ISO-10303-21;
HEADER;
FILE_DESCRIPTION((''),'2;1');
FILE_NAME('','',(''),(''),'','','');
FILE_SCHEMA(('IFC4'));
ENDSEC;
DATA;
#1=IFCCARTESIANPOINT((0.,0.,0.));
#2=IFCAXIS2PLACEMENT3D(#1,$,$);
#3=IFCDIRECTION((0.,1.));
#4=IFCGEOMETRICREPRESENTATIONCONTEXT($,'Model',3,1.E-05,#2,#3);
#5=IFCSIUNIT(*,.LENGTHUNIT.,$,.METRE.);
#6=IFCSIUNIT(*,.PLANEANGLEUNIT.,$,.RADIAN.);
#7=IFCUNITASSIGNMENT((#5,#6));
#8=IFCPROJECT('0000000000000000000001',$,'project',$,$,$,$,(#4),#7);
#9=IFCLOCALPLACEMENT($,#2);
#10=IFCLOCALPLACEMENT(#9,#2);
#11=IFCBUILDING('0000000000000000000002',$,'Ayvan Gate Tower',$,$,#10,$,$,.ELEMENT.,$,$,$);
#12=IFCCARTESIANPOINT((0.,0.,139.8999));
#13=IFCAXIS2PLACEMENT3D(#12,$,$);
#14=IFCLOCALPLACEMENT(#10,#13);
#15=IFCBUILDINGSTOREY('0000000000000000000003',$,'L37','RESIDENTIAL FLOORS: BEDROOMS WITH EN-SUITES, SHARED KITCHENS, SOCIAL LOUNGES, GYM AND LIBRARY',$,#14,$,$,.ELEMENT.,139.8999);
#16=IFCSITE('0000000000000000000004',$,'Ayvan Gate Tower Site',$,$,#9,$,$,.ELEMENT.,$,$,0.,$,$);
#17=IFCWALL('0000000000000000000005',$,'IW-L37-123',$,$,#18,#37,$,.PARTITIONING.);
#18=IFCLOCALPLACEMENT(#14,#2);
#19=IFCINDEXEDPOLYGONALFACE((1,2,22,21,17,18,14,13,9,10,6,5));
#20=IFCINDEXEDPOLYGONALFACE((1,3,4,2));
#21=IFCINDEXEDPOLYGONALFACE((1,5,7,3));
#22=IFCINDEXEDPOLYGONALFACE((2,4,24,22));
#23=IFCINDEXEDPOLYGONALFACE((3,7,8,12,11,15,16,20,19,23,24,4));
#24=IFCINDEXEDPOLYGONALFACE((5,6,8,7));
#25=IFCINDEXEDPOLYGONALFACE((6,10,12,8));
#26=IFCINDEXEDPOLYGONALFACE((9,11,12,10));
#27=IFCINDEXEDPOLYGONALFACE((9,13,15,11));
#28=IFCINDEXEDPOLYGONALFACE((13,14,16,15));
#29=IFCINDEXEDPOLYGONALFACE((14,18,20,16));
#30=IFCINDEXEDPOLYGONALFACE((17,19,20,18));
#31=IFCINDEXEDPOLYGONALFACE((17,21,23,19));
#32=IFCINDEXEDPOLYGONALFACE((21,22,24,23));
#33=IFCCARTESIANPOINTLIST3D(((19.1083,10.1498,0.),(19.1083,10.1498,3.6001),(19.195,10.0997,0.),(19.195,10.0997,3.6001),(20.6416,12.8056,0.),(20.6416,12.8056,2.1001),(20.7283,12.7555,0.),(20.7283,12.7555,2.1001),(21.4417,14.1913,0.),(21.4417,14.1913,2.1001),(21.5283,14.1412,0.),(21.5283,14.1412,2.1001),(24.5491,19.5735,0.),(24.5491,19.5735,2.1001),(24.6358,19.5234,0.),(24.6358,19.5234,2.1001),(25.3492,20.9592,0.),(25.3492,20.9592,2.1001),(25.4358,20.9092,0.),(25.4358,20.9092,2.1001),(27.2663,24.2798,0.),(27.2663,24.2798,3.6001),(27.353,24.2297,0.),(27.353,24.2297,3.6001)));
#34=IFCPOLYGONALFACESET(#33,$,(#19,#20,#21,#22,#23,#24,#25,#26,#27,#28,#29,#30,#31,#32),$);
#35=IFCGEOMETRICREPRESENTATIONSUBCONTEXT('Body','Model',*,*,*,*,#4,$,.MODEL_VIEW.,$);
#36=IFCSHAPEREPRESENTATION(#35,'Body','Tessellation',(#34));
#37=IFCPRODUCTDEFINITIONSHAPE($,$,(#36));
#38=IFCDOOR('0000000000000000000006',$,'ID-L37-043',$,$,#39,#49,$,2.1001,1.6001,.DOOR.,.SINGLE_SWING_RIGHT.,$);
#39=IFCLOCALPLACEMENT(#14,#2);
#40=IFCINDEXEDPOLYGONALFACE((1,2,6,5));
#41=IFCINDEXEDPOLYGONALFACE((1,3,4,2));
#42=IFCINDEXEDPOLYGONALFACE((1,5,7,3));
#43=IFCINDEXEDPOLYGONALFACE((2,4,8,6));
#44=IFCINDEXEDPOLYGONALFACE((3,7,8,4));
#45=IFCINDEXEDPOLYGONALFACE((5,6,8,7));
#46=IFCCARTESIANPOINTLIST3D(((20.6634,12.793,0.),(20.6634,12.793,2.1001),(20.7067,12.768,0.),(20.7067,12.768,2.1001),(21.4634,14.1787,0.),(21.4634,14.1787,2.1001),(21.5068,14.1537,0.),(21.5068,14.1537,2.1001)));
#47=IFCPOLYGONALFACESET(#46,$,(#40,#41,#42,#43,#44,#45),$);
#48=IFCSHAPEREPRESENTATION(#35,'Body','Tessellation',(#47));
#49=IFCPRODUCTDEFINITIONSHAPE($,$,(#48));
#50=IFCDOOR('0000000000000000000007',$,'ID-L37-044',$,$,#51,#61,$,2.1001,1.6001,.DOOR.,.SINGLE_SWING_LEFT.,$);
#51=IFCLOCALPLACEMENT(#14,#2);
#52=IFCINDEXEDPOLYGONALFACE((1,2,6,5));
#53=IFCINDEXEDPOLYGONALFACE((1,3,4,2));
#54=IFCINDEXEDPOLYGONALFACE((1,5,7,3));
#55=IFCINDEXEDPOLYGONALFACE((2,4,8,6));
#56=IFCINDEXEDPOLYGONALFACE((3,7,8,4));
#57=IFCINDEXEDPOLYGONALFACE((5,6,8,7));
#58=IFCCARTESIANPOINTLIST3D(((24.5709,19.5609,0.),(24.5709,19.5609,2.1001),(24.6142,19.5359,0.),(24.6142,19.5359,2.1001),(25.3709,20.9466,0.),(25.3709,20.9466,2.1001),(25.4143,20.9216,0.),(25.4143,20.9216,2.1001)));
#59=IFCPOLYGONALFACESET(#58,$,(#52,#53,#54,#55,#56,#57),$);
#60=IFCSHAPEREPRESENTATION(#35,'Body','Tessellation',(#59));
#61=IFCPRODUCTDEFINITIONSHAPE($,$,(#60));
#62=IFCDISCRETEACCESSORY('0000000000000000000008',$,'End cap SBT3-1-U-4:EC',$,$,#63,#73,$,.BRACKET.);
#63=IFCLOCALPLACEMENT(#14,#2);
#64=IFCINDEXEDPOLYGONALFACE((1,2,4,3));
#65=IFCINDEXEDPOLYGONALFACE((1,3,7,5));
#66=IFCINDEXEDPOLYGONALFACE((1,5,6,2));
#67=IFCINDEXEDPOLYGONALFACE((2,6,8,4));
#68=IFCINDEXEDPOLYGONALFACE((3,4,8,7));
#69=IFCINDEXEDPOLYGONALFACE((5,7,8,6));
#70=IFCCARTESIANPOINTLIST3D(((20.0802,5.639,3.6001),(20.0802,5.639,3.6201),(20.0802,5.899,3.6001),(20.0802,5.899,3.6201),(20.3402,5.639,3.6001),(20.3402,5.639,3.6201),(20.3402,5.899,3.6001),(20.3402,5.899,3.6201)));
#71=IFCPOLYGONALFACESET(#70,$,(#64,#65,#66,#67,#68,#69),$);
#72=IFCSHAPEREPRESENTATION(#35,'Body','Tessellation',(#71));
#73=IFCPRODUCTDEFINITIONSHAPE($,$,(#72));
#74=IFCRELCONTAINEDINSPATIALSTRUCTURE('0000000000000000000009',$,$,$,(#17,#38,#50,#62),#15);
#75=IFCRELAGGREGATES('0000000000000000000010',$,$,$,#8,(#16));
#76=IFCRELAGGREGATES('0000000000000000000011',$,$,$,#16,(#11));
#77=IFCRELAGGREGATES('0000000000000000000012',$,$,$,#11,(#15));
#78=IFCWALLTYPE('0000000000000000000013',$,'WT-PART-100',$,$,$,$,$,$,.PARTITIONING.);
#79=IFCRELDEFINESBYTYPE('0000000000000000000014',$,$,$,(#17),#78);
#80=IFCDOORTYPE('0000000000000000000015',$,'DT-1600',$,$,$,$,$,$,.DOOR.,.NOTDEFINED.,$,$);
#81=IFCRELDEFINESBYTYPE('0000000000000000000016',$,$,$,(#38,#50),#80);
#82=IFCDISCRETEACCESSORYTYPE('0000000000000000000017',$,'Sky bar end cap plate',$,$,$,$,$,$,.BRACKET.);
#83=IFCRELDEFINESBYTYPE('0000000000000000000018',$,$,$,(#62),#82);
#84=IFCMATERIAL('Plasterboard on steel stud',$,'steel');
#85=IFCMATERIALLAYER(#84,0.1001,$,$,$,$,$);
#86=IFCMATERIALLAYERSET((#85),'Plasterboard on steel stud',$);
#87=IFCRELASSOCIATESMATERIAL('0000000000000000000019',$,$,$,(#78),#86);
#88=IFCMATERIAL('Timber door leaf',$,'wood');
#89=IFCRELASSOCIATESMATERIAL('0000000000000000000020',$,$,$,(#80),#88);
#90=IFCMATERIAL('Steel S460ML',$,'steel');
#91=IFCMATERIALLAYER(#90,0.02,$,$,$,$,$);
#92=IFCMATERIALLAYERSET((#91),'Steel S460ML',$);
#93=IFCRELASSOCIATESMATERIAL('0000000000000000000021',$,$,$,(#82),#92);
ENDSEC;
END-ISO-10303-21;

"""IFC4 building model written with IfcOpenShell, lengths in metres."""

from ifc_helpers import new_model, si_unit, direction, frame, frame_2d, origin, origin_2d, place, context, subcontext, project, spatial, rectangle, extrude, material, layer, layer_set, type_object, element, fill, save


model = new_model("IFC4")

# Units and contexts
model_context = context("Model", 3, precision=1e-05, world=origin(), true_north=direction((0.0, 1.0)))
body_context = subcontext(model_context, "Body", "Model", "MODEL_VIEW")
ifc_project = project(units=[si_unit("LENGTHUNIT", "METRE"), si_unit("PLANEANGLEUNIT", "RADIAN")], contexts=[model_context])

# Site, building, storey
site_placement = place(None, origin())
site = spatial("IfcSite", under=ifc_project, at=site_placement, Name="Ayvan Gate Tower Site", CompositionType="ELEMENT", RefElevation=0.0)
building_placement = place(site_placement, origin())
building = spatial("IfcBuilding", under=site, at=building_placement, Name="Ayvan Gate Tower", CompositionType="ELEMENT")
storey_placement = place(building_placement, frame((0.0, 0.0, 139.8999)))
storey = spatial("IfcBuildingStorey", under=building, at=storey_placement, Name="L37", Description="RESIDENTIAL FLOORS: BEDROOMS WITH EN-SUITES, SHARED KITCHENS, SOCIAL LOUNGES, GYM AND LIBRARY", CompositionType="ELEMENT", Elevation=139.8999)

# Wall, openings, doors
ifc_material_1 = material(Name="Plasterboard on steel stud", Category="steel")
ifc_layer_1 = layer(ifc_material_1, 0.1001)
ifc_layer_set_1 = layer_set([ifc_layer_1], Name="Plasterboard on steel stud")
wall_type = type_object("IfcWallType", Name="WT-PART-100", PredefinedType="PARTITIONING", material=ifc_layer_set_1)
wall_placement = place(storey_placement, frame((19.1516, 10.1248, 0.0), z_axis=(0.0, 0.0, 1.0), x_axis=(0.500003, 0.866024, 0.0)))
wall = element("IfcWall", 1, at=wall_placement, inside=storey, type_object=wall_type, Name="IW-L37-123", PredefinedType="PARTITIONING", context=body_context, shape_type="SweptSolid", body=[
    extrude(rectangle(XDim=16.3159, YDim=0.1001, at=frame_2d((8.158, 0.0))), origin(), (0.0, 0.0, 1.0), 3.6001),
])
opening_1_placement = place(wall_placement, frame((3.0667, 0.0, 0.0)))
opening_1 = element("IfcOpeningElement", 2, at=opening_1_placement, cuts=wall, PredefinedType="OPENING", context=body_context, shape_type="SweptSolid", body=[
    extrude(rectangle(XDim=1.6001, YDim=2.1001, at=frame_2d((0.8, 1.05))), frame((0.0, 0.0601, 0.0), z_axis=(0.0, -1.0, 0.0), x_axis=(1.0, 0.0, 0.0)), (0.0, 0.0, 1.0), 0.1201),
])
opening_2_placement = place(wall_placement, frame((10.8816, 0.0, 0.0)))
opening_2 = element("IfcOpeningElement", 3, at=opening_2_placement, cuts=wall, PredefinedType="OPENING", context=body_context, shape_type="SweptSolid", body=[
    extrude(rectangle(XDim=1.6001, YDim=2.1001, at=frame_2d((0.8, 1.05))), frame((0.0, 0.0601, 0.0), z_axis=(0.0, -1.0, 0.0), x_axis=(1.0, 0.0, 0.0)), (0.0, 0.0, 1.0), 0.1201),
])
ifc_material_2 = material(Name="Timber door leaf", Category="wood")
door_type = type_object("IfcDoorType", Name="DT-1600", OperationType="NOTDEFINED", PredefinedType="DOOR", material=ifc_material_2)
door_1_placement = place(opening_1_placement, origin())
door_1 = element("IfcDoor", 4, at=door_1_placement, inside=storey, type_object=door_type, Name="ID-L37-043", OperationType="SINGLE_SWING_RIGHT", OverallHeight=2.1001, OverallWidth=1.6001, PredefinedType="DOOR", context=body_context, shape_type="SweptSolid", body=[
    extrude(rectangle(XDim=1.6001, YDim=2.1001, at=frame_2d((0.8, 1.05))), frame((0.0, 0.0249, 0.0), z_axis=(0.0, -1.0, 0.0), x_axis=(1.0, 0.0, 0.0)), (0.0, 0.0, 1.0), 0.05),
])
fill(opening_1, door_1)
door_2_placement = place(opening_2_placement, origin())
door_2 = element("IfcDoor", 5, at=door_2_placement, inside=storey, type_object=door_type, Name="ID-L37-044", OperationType="SINGLE_SWING_LEFT", OverallHeight=2.1001, OverallWidth=1.6001, PredefinedType="DOOR", context=body_context, shape_type="SweptSolid", body=[
    extrude(rectangle(XDim=1.6001, YDim=2.1001, at=frame_2d((0.8, 1.05))), frame((0.0, 0.0249, 0.0), z_axis=(0.0, -1.0, 0.0), x_axis=(1.0, 0.0, 0.0)), (0.0, 0.0, 1.0), 0.05),
])
fill(opening_2, door_2)

# Discrete accessory
ifc_material_3 = material(Name="Steel S460ML", Category="steel")
ifc_layer_2 = layer(ifc_material_3, 0.02)
ifc_layer_set_2 = layer_set([ifc_layer_2], Name="Steel S460ML")
discrete_accessory_type = type_object("IfcDiscreteAccessoryType", Name="Sky bar end cap plate", PredefinedType="BRACKET", material=ifc_layer_set_2)
discrete_accessory_placement = place(storey_placement, frame((20.2102, 5.769, 3.6001), z_axis=(0.0, 0.0, 1.0), x_axis=(1.0, 0.0, 0.0)))
element("IfcDiscreteAccessory", 6, at=discrete_accessory_placement, inside=storey, type_object=discrete_accessory_type, Name="End cap SBT3-1-U-4:EC", PredefinedType="BRACKET", context=body_context, shape_type="SweptSolid", body=[
    extrude(rectangle(XDim=0.26, YDim=0.26, at=origin_2d()), origin(), (0.0, 0.0, 1.0), 0.02),
])

save(model, "model.ifc")
